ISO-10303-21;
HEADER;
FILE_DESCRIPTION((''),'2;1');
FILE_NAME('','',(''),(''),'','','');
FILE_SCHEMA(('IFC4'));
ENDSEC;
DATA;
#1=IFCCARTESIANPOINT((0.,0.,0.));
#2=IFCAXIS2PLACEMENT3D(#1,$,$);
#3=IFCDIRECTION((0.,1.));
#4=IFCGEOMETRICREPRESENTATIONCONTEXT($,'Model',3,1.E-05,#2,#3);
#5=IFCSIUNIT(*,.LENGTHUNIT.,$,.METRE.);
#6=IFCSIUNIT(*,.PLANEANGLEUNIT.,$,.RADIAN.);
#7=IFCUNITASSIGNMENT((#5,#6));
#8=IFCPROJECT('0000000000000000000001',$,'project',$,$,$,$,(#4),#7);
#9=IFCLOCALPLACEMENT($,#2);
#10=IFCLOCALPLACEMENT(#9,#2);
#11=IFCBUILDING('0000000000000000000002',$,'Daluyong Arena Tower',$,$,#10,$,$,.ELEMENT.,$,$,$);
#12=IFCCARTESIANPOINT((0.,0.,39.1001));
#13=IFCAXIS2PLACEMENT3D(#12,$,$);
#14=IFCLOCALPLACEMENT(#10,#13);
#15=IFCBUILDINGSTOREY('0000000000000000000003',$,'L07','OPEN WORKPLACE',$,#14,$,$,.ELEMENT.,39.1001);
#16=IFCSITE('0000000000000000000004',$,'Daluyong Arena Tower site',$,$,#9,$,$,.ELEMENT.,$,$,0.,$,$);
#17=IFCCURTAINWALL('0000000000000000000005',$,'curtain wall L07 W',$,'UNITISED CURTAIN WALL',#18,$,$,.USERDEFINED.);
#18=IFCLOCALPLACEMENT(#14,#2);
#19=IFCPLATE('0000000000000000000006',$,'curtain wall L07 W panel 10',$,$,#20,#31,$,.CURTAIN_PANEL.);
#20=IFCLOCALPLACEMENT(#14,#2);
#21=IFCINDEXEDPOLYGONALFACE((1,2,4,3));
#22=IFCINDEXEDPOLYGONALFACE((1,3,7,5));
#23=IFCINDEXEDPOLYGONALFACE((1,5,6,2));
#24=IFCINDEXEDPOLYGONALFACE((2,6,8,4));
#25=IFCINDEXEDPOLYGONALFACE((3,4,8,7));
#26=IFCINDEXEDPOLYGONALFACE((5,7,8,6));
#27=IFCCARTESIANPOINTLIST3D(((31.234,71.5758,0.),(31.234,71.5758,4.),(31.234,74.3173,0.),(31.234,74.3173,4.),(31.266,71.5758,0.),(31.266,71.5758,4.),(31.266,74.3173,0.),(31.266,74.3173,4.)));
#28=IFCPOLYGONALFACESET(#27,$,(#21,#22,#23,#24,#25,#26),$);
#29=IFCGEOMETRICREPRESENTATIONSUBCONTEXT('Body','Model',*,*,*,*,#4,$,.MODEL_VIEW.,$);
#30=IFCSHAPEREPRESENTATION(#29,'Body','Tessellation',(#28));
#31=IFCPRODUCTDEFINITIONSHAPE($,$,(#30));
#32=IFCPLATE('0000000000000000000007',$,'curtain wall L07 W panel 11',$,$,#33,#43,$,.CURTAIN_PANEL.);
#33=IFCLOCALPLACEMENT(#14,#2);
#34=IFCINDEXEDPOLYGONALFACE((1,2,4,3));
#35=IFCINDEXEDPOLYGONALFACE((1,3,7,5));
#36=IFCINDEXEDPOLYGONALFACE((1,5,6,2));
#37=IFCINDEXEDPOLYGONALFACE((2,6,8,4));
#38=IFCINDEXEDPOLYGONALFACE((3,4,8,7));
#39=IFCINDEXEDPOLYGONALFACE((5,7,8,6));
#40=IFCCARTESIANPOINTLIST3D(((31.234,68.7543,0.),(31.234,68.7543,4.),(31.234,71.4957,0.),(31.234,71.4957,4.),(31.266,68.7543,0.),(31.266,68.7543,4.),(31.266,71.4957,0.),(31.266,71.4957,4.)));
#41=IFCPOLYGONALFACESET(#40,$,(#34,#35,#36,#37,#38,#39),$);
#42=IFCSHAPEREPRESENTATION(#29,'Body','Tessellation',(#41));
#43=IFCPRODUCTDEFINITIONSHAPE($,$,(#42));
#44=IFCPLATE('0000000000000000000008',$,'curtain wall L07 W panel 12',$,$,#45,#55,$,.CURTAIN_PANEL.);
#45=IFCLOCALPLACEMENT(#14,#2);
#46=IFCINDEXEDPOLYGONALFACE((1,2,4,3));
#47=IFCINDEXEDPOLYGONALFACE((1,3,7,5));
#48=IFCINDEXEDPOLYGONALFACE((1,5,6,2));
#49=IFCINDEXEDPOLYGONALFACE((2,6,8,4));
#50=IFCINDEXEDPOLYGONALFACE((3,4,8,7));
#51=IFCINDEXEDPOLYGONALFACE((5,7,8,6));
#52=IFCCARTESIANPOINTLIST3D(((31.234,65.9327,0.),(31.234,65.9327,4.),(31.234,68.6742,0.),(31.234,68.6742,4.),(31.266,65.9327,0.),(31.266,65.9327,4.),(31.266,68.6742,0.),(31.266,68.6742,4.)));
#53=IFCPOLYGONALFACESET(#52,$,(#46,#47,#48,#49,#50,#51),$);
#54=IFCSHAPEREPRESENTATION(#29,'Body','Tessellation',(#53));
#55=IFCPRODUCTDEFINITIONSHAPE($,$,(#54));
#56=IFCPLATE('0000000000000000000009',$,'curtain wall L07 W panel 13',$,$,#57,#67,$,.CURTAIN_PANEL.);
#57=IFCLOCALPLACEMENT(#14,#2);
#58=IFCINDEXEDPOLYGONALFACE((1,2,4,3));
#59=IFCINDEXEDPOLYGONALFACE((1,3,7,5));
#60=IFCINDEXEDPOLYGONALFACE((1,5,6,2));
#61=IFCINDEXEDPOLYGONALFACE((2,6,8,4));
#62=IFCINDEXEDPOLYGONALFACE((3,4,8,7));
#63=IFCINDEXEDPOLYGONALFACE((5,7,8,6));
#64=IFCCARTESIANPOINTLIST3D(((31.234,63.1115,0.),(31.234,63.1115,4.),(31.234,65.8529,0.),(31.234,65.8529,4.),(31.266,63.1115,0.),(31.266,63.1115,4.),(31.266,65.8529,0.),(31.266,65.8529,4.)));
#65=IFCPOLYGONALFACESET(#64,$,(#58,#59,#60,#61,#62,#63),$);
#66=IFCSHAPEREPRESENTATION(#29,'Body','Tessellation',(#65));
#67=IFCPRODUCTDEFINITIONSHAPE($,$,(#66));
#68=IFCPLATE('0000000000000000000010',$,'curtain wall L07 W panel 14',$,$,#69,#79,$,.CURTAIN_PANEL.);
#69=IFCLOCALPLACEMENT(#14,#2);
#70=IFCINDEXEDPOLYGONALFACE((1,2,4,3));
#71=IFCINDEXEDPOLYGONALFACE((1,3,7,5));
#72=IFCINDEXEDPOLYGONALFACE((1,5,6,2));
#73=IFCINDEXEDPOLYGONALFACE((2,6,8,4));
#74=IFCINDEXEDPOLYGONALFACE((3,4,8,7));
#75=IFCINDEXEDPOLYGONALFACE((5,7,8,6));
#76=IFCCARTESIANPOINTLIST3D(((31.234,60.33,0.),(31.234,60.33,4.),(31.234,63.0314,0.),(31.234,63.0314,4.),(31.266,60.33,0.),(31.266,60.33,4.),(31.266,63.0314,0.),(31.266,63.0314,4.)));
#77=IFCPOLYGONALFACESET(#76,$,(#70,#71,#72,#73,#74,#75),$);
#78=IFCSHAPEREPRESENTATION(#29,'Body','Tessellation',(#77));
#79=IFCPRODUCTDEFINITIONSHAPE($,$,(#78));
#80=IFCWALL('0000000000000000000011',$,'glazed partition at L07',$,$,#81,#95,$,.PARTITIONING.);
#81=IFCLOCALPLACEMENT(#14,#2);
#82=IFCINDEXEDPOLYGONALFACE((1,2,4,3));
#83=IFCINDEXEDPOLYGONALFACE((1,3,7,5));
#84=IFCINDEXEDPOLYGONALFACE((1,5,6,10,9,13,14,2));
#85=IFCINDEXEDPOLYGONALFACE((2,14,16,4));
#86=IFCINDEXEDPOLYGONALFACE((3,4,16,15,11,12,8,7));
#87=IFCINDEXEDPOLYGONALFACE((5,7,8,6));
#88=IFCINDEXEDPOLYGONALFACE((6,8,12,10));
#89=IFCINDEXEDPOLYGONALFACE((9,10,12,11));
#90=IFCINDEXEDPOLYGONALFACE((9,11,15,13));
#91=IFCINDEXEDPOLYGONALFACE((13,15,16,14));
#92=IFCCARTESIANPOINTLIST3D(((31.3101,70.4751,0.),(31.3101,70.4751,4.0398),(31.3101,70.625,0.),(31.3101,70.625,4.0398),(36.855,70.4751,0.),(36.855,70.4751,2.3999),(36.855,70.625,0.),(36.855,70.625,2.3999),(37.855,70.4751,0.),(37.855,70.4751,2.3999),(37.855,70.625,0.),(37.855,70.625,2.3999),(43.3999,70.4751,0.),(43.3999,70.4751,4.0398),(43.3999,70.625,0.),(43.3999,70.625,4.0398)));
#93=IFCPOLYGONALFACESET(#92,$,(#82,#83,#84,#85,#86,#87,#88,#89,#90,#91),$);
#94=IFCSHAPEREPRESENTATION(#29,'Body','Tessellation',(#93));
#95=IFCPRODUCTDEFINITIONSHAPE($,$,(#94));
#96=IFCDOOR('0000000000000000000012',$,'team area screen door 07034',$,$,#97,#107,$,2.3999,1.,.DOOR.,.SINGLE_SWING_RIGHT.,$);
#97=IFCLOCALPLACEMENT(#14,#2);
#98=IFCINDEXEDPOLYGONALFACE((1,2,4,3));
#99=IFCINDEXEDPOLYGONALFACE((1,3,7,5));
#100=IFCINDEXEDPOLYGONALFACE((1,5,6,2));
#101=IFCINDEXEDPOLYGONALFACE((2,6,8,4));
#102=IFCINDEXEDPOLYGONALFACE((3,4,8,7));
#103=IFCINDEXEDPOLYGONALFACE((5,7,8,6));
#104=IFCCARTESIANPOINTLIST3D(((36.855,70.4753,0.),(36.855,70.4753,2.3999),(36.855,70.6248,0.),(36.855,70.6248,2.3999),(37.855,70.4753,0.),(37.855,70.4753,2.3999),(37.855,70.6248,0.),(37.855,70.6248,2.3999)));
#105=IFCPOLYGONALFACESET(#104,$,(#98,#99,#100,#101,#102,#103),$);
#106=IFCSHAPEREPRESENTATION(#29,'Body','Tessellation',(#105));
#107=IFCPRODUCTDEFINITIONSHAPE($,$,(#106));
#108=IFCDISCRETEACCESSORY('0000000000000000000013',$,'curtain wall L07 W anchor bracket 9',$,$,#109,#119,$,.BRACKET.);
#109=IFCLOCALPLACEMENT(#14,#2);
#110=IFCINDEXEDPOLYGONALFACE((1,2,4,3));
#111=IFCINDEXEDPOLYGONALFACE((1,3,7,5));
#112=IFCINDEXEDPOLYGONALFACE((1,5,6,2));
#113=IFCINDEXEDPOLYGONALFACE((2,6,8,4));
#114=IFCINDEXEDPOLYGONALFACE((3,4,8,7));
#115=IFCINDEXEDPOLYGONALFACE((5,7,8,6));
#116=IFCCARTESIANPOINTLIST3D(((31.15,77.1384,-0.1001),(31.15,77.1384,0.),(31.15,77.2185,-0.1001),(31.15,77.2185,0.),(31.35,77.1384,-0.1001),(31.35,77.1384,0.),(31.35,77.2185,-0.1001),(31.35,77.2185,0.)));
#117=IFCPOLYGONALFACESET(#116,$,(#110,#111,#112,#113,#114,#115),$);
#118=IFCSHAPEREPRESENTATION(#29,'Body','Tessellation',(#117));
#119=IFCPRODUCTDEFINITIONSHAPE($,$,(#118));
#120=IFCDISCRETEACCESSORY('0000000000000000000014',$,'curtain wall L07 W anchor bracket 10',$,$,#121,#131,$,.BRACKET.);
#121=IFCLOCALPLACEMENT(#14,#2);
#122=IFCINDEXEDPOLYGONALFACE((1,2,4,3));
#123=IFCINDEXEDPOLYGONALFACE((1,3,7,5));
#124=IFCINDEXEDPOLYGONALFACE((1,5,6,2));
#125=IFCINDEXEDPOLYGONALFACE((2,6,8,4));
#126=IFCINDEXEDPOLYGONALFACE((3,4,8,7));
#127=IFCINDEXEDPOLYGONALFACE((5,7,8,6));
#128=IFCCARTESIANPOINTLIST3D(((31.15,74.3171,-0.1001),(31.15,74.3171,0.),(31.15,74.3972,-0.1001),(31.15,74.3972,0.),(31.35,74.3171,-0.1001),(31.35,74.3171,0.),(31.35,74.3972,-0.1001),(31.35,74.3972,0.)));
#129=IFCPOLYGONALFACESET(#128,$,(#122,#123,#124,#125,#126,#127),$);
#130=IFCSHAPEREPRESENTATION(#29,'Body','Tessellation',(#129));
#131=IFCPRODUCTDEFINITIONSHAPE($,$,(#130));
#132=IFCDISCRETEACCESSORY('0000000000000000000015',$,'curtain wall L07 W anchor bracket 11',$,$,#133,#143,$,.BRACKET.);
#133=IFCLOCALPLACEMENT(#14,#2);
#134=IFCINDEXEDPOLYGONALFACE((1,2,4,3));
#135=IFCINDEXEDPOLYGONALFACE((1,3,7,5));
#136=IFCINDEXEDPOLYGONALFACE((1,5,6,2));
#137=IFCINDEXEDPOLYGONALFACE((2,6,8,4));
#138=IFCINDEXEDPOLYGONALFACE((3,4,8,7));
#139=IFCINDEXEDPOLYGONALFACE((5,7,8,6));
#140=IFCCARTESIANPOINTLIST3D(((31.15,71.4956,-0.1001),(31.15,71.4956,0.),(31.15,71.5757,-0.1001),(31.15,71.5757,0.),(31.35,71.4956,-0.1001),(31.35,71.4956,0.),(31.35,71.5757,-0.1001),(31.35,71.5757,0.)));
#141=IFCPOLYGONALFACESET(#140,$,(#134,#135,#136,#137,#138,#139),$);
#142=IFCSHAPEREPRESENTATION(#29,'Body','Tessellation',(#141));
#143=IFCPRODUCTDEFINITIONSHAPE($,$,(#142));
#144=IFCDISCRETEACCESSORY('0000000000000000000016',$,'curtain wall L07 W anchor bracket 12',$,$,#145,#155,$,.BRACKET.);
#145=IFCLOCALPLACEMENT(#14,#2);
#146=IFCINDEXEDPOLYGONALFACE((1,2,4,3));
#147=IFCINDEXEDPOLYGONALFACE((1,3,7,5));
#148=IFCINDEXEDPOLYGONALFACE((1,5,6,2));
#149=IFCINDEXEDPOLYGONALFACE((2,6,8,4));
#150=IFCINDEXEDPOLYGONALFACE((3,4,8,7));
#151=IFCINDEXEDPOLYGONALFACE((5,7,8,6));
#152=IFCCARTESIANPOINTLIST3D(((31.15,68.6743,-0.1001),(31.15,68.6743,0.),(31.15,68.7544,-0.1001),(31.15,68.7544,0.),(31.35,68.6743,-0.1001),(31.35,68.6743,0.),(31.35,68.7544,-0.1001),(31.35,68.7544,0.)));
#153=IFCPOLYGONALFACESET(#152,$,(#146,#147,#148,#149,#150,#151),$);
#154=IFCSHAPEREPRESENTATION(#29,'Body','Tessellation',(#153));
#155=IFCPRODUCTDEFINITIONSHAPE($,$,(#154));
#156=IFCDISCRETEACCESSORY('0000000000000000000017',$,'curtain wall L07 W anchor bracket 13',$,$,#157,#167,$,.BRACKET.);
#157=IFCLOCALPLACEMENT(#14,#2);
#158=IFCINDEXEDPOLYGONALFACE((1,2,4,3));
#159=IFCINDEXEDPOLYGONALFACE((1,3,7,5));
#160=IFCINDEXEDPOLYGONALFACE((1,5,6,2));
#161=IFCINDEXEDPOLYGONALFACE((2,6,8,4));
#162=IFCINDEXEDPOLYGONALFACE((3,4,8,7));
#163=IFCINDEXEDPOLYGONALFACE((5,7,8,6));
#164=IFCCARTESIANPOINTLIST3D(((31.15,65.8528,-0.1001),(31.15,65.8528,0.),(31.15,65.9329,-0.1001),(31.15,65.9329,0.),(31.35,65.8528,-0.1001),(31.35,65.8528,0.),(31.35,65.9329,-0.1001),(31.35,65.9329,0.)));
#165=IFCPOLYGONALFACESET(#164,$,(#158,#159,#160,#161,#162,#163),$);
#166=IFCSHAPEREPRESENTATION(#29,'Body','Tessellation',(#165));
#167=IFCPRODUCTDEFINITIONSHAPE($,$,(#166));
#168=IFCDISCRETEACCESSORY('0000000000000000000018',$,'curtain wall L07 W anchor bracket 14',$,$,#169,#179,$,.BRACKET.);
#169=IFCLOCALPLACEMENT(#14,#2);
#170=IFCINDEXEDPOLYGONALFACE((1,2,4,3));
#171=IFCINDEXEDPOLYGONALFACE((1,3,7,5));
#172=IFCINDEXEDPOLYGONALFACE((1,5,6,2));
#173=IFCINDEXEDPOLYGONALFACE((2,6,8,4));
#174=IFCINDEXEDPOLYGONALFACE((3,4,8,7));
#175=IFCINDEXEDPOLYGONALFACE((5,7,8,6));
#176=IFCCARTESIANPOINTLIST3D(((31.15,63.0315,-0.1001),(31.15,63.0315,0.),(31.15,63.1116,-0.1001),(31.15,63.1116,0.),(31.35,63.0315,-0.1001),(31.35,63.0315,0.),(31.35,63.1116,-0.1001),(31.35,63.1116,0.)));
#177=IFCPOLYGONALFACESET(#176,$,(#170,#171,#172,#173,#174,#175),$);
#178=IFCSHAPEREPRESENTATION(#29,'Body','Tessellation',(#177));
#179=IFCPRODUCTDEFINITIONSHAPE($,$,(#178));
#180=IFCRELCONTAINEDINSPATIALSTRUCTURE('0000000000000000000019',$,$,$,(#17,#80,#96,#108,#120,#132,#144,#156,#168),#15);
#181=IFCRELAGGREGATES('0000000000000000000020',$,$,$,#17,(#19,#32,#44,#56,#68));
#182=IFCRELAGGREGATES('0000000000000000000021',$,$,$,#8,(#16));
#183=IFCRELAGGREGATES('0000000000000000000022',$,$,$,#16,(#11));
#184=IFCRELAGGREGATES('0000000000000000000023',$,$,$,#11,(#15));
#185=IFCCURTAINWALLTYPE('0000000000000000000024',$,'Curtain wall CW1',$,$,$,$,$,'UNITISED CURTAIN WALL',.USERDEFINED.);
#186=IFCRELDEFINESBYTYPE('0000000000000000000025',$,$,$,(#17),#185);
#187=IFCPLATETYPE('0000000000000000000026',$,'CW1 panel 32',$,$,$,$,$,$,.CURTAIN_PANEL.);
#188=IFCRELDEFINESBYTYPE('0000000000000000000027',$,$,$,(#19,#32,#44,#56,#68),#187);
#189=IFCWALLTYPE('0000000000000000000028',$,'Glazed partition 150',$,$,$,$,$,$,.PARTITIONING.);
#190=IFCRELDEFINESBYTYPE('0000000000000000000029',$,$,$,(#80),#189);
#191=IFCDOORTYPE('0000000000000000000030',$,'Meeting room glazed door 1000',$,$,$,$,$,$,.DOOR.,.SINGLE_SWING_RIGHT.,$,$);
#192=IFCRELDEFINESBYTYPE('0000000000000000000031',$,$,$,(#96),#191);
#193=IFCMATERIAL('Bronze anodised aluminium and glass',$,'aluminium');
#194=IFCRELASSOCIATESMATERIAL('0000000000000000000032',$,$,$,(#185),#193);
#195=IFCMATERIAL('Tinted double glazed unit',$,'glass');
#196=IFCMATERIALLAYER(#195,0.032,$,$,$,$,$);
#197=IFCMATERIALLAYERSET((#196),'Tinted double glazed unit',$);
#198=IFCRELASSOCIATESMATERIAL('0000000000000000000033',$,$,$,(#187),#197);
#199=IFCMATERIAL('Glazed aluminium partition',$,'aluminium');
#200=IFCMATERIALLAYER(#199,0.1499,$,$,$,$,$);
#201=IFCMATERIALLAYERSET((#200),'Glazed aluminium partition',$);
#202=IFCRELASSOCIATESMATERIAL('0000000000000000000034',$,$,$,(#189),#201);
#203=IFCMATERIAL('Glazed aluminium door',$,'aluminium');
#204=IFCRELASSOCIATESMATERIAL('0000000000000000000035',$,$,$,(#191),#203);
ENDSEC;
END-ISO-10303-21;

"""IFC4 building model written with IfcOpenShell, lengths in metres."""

from ifc_helpers import new_model, si_unit, direction, frame, frame_2d, origin, origin_2d, place, context, subcontext, project, spatial, rectangle, extrude, material, layer, layer_set, type_object, element, fill, aggregate, save


model = new_model("IFC4")

# Units and contexts
model_context = context("Model", 3, precision=1e-05, world=origin(), true_north=direction((0.0, 1.0)))
body_context = subcontext(model_context, "Body", "Model", "MODEL_VIEW")
ifc_project = project(units=[si_unit("LENGTHUNIT", "METRE"), si_unit("PLANEANGLEUNIT", "RADIAN")], contexts=[model_context])

# Site, building, storey
site_placement = place(None, origin())
site = spatial("IfcSite", under=ifc_project, at=site_placement, Name="Daluyong Arena Tower site", CompositionType="ELEMENT", RefElevation=0.0)
building_placement = place(site_placement, origin())
building = spatial("IfcBuilding", under=site, at=building_placement, Name="Daluyong Arena Tower", CompositionType="ELEMENT")
storey_placement = place(building_placement, frame((0.0, 0.0, 39.1001)))
storey = spatial("IfcBuildingStorey", under=building, at=storey_placement, Name="L07", Description="OPEN WORKPLACE", CompositionType="ELEMENT", Elevation=39.1001)

# Curtain wall
ifc_material_1 = material(Name="Bronze anodised aluminium and glass", Category="aluminium")
curtain_wall_type_1 = type_object("IfcCurtainWallType", Name="Curtain wall CW1", ElementType="UNITISED CURTAIN WALL", PredefinedType="USERDEFINED", material=ifc_material_1)
curtain_wall_1_placement = place(storey_placement, origin())
curtain_wall_1 = element("IfcCurtainWall", 1, at=curtain_wall_1_placement, inside=storey, type_object=curtain_wall_type_1, Name="curtain wall L07 W", ObjectType="UNITISED CURTAIN WALL", PredefinedType="USERDEFINED")

# Plates
ifc_material_2 = material(Name="Tinted double glazed unit", Category="glass")
ifc_layer_1 = layer(ifc_material_2, 0.032)
ifc_layer_set_1 = layer_set([ifc_layer_1], Name="Tinted double glazed unit")
plate_type = type_object("IfcPlateType", Name="CW1 panel 32", PredefinedType="CURTAIN_PANEL", material=ifc_layer_set_1)
plate_1_placement = place(storey_placement, frame((31.25, 72.9465, 0.0), z_axis=(0.0, 0.0, 1.0), x_axis=(0.0, -1.0, 0.0)))
plate_1 = element("IfcPlate", 2, at=plate_1_placement, type_object=plate_type, Name="curtain wall L07 W panel 10", PredefinedType="CURTAIN_PANEL", context=body_context, shape_type="SweptSolid", body=[
    extrude(rectangle(XDim=2.7415, YDim=0.032, at=origin_2d()), origin(), (0.0, 0.0, 1.0), 4.0),
])
plate_2_placement = place(storey_placement, frame((31.25, 70.125, 0.0), z_axis=(0.0, 0.0, 1.0), x_axis=(0.0, -1.0, 0.0)))
plate_2 = element("IfcPlate", 3, at=plate_2_placement, type_object=plate_type, Name="curtain wall L07 W panel 11", PredefinedType="CURTAIN_PANEL", context=body_context, shape_type="SweptSolid", body=[
    extrude(rectangle(XDim=2.7415, YDim=0.032, at=origin_2d()), origin(), (0.0, 0.0, 1.0), 4.0),
])
plate_3_placement = place(storey_placement, frame((31.25, 67.3035, 0.0), z_axis=(0.0, 0.0, 1.0), x_axis=(0.0, -1.0, 0.0)))
plate_3 = element("IfcPlate", 4, at=plate_3_placement, type_object=plate_type, Name="curtain wall L07 W panel 12", PredefinedType="CURTAIN_PANEL", context=body_context, shape_type="SweptSolid", body=[
    extrude(rectangle(XDim=2.7415, YDim=0.032, at=origin_2d()), origin(), (0.0, 0.0, 1.0), 4.0),
])
plate_4_placement = place(storey_placement, frame((31.25, 64.4822, 0.0), z_axis=(0.0, 0.0, 1.0), x_axis=(0.0, -1.0, 0.0)))
plate_4 = element("IfcPlate", 5, at=plate_4_placement, type_object=plate_type, Name="curtain wall L07 W panel 13", PredefinedType="CURTAIN_PANEL", context=body_context, shape_type="SweptSolid", body=[
    extrude(rectangle(XDim=2.7415, YDim=0.032, at=origin_2d()), origin(), (0.0, 0.0, 1.0), 4.0),
])
plate_5_placement = place(storey_placement, frame((31.25, 61.6807, 0.0), z_axis=(0.0, 0.0, 1.0), x_axis=(0.0, -1.0, 0.0)))
plate_5 = element("IfcPlate", 6, at=plate_5_placement, type_object=plate_type, Name="curtain wall L07 W panel 14", PredefinedType="CURTAIN_PANEL", context=body_context, shape_type="SweptSolid", body=[
    extrude(rectangle(XDim=2.7014, YDim=0.032, at=origin_2d()), origin(), (0.0, 0.0, 1.0), 4.0),
])
aggregate(curtain_wall_1, [plate_1, plate_2, plate_3, plate_4, plate_5])

# Wall, opening, door
ifc_material_3 = material(Name="Glazed aluminium partition", Category="aluminium")
ifc_layer_2 = layer(ifc_material_3, 0.1499)
ifc_layer_set_2 = layer_set([ifc_layer_2], Name="Glazed aluminium partition")
wall_type = type_object("IfcWallType", Name="Glazed partition 150", PredefinedType="PARTITIONING", material=ifc_layer_set_2)
wall_placement = place(storey_placement, frame((31.3101, 70.55, 0.0), z_axis=(0.0, 0.0, 1.0), x_axis=(1.0, 0.0, 0.0)))
wall = element("IfcWall", 7, at=wall_placement, inside=storey, type_object=wall_type, Name="glazed partition at L07", PredefinedType="PARTITIONING", context=body_context, shape_type="SweptSolid", body=[
    extrude(rectangle(XDim=12.0898, YDim=0.1499, at=frame_2d((6.0449, 0.0))), origin(), (0.0, 0.0, 1.0), 4.0398),
])
opening_placement = place(wall_placement, frame((5.5449, 0.0, 0.0)))
opening = element("IfcOpeningElement", 8, at=opening_placement, cuts=wall, PredefinedType="OPENING", context=body_context, shape_type="SweptSolid", body=[
    extrude(rectangle(XDim=1.0, YDim=2.3999, at=frame_2d((0.5, 1.2))), frame((0.0, 0.085, 0.0), z_axis=(0.0, -1.0, 0.0), x_axis=(1.0, 0.0, 0.0)), (0.0, 0.0, 1.0), 0.1699),
])
ifc_material_4 = material(Name="Glazed aluminium door", Category="aluminium")
door_type = type_object("IfcDoorType", Name="Meeting room glazed door 1000", OperationType="SINGLE_SWING_RIGHT", PredefinedType="DOOR", material=ifc_material_4)
door_placement = place(opening_placement, origin())
door = element("IfcDoor", 9, at=door_placement, inside=storey, type_object=door_type, Name="team area screen door 07034", OperationType="SINGLE_SWING_RIGHT", OverallHeight=2.3999, OverallWidth=1.0, PredefinedType="DOOR", context=body_context, shape_type="SweptSolid", body=[
    extrude(rectangle(XDim=1.0, YDim=2.3999, at=frame_2d((0.5, 1.2))), frame((0.0, 0.0747, 0.0), z_axis=(0.0, -1.0, 0.0), x_axis=(1.0, 0.0, 0.0)), (0.0, 0.0, 1.0), 0.1494),
])
fill(opening, door)

# Discrete accessories
for number, where, z_axis, x_axis, name in (
    (10, (31.25, 77.1785, -0.1001), (0.0, 0.0, 1.0), (0.0, -1.0, 0.0), "curtain wall L07 W anchor bracket 9"),
    (11, (31.25, 74.3572, -0.1001), (0.0, 0.0, 1.0), (0.0, -1.0, 0.0), "curtain wall L07 W anchor bracket 10"),
    (12, (31.25, 71.5356, -0.1001), (0.0, 0.0, 1.0), (0.0, -1.0, 0.0), "curtain wall L07 W anchor bracket 11"),
    (13, (31.25, 68.7144, -0.1001), (0.0, 0.0, 1.0), (0.0, -1.0, 0.0), "curtain wall L07 W anchor bracket 12"),
    (14, (31.25, 65.8928, -0.1001), (0.0, 0.0, 1.0), (0.0, -1.0, 0.0), "curtain wall L07 W anchor bracket 13"),
    (15, (31.25, 63.0715, -0.1001), (0.0, 0.0, 1.0), (0.0, -1.0, 0.0), "curtain wall L07 W anchor bracket 14"),
):
    element("IfcDiscreteAccessory", number, at=place(storey_placement, frame(where, z_axis=z_axis, x_axis=x_axis)), inside=storey, Name=name, PredefinedType="BRACKET", context=body_context, shape_type="SweptSolid", body=[
        extrude(rectangle(XDim=0.0801, YDim=0.2, at=origin_2d()), origin(), (0.0, 0.0, 1.0), 0.1001),
    ])

save(model, "model.ifc")
